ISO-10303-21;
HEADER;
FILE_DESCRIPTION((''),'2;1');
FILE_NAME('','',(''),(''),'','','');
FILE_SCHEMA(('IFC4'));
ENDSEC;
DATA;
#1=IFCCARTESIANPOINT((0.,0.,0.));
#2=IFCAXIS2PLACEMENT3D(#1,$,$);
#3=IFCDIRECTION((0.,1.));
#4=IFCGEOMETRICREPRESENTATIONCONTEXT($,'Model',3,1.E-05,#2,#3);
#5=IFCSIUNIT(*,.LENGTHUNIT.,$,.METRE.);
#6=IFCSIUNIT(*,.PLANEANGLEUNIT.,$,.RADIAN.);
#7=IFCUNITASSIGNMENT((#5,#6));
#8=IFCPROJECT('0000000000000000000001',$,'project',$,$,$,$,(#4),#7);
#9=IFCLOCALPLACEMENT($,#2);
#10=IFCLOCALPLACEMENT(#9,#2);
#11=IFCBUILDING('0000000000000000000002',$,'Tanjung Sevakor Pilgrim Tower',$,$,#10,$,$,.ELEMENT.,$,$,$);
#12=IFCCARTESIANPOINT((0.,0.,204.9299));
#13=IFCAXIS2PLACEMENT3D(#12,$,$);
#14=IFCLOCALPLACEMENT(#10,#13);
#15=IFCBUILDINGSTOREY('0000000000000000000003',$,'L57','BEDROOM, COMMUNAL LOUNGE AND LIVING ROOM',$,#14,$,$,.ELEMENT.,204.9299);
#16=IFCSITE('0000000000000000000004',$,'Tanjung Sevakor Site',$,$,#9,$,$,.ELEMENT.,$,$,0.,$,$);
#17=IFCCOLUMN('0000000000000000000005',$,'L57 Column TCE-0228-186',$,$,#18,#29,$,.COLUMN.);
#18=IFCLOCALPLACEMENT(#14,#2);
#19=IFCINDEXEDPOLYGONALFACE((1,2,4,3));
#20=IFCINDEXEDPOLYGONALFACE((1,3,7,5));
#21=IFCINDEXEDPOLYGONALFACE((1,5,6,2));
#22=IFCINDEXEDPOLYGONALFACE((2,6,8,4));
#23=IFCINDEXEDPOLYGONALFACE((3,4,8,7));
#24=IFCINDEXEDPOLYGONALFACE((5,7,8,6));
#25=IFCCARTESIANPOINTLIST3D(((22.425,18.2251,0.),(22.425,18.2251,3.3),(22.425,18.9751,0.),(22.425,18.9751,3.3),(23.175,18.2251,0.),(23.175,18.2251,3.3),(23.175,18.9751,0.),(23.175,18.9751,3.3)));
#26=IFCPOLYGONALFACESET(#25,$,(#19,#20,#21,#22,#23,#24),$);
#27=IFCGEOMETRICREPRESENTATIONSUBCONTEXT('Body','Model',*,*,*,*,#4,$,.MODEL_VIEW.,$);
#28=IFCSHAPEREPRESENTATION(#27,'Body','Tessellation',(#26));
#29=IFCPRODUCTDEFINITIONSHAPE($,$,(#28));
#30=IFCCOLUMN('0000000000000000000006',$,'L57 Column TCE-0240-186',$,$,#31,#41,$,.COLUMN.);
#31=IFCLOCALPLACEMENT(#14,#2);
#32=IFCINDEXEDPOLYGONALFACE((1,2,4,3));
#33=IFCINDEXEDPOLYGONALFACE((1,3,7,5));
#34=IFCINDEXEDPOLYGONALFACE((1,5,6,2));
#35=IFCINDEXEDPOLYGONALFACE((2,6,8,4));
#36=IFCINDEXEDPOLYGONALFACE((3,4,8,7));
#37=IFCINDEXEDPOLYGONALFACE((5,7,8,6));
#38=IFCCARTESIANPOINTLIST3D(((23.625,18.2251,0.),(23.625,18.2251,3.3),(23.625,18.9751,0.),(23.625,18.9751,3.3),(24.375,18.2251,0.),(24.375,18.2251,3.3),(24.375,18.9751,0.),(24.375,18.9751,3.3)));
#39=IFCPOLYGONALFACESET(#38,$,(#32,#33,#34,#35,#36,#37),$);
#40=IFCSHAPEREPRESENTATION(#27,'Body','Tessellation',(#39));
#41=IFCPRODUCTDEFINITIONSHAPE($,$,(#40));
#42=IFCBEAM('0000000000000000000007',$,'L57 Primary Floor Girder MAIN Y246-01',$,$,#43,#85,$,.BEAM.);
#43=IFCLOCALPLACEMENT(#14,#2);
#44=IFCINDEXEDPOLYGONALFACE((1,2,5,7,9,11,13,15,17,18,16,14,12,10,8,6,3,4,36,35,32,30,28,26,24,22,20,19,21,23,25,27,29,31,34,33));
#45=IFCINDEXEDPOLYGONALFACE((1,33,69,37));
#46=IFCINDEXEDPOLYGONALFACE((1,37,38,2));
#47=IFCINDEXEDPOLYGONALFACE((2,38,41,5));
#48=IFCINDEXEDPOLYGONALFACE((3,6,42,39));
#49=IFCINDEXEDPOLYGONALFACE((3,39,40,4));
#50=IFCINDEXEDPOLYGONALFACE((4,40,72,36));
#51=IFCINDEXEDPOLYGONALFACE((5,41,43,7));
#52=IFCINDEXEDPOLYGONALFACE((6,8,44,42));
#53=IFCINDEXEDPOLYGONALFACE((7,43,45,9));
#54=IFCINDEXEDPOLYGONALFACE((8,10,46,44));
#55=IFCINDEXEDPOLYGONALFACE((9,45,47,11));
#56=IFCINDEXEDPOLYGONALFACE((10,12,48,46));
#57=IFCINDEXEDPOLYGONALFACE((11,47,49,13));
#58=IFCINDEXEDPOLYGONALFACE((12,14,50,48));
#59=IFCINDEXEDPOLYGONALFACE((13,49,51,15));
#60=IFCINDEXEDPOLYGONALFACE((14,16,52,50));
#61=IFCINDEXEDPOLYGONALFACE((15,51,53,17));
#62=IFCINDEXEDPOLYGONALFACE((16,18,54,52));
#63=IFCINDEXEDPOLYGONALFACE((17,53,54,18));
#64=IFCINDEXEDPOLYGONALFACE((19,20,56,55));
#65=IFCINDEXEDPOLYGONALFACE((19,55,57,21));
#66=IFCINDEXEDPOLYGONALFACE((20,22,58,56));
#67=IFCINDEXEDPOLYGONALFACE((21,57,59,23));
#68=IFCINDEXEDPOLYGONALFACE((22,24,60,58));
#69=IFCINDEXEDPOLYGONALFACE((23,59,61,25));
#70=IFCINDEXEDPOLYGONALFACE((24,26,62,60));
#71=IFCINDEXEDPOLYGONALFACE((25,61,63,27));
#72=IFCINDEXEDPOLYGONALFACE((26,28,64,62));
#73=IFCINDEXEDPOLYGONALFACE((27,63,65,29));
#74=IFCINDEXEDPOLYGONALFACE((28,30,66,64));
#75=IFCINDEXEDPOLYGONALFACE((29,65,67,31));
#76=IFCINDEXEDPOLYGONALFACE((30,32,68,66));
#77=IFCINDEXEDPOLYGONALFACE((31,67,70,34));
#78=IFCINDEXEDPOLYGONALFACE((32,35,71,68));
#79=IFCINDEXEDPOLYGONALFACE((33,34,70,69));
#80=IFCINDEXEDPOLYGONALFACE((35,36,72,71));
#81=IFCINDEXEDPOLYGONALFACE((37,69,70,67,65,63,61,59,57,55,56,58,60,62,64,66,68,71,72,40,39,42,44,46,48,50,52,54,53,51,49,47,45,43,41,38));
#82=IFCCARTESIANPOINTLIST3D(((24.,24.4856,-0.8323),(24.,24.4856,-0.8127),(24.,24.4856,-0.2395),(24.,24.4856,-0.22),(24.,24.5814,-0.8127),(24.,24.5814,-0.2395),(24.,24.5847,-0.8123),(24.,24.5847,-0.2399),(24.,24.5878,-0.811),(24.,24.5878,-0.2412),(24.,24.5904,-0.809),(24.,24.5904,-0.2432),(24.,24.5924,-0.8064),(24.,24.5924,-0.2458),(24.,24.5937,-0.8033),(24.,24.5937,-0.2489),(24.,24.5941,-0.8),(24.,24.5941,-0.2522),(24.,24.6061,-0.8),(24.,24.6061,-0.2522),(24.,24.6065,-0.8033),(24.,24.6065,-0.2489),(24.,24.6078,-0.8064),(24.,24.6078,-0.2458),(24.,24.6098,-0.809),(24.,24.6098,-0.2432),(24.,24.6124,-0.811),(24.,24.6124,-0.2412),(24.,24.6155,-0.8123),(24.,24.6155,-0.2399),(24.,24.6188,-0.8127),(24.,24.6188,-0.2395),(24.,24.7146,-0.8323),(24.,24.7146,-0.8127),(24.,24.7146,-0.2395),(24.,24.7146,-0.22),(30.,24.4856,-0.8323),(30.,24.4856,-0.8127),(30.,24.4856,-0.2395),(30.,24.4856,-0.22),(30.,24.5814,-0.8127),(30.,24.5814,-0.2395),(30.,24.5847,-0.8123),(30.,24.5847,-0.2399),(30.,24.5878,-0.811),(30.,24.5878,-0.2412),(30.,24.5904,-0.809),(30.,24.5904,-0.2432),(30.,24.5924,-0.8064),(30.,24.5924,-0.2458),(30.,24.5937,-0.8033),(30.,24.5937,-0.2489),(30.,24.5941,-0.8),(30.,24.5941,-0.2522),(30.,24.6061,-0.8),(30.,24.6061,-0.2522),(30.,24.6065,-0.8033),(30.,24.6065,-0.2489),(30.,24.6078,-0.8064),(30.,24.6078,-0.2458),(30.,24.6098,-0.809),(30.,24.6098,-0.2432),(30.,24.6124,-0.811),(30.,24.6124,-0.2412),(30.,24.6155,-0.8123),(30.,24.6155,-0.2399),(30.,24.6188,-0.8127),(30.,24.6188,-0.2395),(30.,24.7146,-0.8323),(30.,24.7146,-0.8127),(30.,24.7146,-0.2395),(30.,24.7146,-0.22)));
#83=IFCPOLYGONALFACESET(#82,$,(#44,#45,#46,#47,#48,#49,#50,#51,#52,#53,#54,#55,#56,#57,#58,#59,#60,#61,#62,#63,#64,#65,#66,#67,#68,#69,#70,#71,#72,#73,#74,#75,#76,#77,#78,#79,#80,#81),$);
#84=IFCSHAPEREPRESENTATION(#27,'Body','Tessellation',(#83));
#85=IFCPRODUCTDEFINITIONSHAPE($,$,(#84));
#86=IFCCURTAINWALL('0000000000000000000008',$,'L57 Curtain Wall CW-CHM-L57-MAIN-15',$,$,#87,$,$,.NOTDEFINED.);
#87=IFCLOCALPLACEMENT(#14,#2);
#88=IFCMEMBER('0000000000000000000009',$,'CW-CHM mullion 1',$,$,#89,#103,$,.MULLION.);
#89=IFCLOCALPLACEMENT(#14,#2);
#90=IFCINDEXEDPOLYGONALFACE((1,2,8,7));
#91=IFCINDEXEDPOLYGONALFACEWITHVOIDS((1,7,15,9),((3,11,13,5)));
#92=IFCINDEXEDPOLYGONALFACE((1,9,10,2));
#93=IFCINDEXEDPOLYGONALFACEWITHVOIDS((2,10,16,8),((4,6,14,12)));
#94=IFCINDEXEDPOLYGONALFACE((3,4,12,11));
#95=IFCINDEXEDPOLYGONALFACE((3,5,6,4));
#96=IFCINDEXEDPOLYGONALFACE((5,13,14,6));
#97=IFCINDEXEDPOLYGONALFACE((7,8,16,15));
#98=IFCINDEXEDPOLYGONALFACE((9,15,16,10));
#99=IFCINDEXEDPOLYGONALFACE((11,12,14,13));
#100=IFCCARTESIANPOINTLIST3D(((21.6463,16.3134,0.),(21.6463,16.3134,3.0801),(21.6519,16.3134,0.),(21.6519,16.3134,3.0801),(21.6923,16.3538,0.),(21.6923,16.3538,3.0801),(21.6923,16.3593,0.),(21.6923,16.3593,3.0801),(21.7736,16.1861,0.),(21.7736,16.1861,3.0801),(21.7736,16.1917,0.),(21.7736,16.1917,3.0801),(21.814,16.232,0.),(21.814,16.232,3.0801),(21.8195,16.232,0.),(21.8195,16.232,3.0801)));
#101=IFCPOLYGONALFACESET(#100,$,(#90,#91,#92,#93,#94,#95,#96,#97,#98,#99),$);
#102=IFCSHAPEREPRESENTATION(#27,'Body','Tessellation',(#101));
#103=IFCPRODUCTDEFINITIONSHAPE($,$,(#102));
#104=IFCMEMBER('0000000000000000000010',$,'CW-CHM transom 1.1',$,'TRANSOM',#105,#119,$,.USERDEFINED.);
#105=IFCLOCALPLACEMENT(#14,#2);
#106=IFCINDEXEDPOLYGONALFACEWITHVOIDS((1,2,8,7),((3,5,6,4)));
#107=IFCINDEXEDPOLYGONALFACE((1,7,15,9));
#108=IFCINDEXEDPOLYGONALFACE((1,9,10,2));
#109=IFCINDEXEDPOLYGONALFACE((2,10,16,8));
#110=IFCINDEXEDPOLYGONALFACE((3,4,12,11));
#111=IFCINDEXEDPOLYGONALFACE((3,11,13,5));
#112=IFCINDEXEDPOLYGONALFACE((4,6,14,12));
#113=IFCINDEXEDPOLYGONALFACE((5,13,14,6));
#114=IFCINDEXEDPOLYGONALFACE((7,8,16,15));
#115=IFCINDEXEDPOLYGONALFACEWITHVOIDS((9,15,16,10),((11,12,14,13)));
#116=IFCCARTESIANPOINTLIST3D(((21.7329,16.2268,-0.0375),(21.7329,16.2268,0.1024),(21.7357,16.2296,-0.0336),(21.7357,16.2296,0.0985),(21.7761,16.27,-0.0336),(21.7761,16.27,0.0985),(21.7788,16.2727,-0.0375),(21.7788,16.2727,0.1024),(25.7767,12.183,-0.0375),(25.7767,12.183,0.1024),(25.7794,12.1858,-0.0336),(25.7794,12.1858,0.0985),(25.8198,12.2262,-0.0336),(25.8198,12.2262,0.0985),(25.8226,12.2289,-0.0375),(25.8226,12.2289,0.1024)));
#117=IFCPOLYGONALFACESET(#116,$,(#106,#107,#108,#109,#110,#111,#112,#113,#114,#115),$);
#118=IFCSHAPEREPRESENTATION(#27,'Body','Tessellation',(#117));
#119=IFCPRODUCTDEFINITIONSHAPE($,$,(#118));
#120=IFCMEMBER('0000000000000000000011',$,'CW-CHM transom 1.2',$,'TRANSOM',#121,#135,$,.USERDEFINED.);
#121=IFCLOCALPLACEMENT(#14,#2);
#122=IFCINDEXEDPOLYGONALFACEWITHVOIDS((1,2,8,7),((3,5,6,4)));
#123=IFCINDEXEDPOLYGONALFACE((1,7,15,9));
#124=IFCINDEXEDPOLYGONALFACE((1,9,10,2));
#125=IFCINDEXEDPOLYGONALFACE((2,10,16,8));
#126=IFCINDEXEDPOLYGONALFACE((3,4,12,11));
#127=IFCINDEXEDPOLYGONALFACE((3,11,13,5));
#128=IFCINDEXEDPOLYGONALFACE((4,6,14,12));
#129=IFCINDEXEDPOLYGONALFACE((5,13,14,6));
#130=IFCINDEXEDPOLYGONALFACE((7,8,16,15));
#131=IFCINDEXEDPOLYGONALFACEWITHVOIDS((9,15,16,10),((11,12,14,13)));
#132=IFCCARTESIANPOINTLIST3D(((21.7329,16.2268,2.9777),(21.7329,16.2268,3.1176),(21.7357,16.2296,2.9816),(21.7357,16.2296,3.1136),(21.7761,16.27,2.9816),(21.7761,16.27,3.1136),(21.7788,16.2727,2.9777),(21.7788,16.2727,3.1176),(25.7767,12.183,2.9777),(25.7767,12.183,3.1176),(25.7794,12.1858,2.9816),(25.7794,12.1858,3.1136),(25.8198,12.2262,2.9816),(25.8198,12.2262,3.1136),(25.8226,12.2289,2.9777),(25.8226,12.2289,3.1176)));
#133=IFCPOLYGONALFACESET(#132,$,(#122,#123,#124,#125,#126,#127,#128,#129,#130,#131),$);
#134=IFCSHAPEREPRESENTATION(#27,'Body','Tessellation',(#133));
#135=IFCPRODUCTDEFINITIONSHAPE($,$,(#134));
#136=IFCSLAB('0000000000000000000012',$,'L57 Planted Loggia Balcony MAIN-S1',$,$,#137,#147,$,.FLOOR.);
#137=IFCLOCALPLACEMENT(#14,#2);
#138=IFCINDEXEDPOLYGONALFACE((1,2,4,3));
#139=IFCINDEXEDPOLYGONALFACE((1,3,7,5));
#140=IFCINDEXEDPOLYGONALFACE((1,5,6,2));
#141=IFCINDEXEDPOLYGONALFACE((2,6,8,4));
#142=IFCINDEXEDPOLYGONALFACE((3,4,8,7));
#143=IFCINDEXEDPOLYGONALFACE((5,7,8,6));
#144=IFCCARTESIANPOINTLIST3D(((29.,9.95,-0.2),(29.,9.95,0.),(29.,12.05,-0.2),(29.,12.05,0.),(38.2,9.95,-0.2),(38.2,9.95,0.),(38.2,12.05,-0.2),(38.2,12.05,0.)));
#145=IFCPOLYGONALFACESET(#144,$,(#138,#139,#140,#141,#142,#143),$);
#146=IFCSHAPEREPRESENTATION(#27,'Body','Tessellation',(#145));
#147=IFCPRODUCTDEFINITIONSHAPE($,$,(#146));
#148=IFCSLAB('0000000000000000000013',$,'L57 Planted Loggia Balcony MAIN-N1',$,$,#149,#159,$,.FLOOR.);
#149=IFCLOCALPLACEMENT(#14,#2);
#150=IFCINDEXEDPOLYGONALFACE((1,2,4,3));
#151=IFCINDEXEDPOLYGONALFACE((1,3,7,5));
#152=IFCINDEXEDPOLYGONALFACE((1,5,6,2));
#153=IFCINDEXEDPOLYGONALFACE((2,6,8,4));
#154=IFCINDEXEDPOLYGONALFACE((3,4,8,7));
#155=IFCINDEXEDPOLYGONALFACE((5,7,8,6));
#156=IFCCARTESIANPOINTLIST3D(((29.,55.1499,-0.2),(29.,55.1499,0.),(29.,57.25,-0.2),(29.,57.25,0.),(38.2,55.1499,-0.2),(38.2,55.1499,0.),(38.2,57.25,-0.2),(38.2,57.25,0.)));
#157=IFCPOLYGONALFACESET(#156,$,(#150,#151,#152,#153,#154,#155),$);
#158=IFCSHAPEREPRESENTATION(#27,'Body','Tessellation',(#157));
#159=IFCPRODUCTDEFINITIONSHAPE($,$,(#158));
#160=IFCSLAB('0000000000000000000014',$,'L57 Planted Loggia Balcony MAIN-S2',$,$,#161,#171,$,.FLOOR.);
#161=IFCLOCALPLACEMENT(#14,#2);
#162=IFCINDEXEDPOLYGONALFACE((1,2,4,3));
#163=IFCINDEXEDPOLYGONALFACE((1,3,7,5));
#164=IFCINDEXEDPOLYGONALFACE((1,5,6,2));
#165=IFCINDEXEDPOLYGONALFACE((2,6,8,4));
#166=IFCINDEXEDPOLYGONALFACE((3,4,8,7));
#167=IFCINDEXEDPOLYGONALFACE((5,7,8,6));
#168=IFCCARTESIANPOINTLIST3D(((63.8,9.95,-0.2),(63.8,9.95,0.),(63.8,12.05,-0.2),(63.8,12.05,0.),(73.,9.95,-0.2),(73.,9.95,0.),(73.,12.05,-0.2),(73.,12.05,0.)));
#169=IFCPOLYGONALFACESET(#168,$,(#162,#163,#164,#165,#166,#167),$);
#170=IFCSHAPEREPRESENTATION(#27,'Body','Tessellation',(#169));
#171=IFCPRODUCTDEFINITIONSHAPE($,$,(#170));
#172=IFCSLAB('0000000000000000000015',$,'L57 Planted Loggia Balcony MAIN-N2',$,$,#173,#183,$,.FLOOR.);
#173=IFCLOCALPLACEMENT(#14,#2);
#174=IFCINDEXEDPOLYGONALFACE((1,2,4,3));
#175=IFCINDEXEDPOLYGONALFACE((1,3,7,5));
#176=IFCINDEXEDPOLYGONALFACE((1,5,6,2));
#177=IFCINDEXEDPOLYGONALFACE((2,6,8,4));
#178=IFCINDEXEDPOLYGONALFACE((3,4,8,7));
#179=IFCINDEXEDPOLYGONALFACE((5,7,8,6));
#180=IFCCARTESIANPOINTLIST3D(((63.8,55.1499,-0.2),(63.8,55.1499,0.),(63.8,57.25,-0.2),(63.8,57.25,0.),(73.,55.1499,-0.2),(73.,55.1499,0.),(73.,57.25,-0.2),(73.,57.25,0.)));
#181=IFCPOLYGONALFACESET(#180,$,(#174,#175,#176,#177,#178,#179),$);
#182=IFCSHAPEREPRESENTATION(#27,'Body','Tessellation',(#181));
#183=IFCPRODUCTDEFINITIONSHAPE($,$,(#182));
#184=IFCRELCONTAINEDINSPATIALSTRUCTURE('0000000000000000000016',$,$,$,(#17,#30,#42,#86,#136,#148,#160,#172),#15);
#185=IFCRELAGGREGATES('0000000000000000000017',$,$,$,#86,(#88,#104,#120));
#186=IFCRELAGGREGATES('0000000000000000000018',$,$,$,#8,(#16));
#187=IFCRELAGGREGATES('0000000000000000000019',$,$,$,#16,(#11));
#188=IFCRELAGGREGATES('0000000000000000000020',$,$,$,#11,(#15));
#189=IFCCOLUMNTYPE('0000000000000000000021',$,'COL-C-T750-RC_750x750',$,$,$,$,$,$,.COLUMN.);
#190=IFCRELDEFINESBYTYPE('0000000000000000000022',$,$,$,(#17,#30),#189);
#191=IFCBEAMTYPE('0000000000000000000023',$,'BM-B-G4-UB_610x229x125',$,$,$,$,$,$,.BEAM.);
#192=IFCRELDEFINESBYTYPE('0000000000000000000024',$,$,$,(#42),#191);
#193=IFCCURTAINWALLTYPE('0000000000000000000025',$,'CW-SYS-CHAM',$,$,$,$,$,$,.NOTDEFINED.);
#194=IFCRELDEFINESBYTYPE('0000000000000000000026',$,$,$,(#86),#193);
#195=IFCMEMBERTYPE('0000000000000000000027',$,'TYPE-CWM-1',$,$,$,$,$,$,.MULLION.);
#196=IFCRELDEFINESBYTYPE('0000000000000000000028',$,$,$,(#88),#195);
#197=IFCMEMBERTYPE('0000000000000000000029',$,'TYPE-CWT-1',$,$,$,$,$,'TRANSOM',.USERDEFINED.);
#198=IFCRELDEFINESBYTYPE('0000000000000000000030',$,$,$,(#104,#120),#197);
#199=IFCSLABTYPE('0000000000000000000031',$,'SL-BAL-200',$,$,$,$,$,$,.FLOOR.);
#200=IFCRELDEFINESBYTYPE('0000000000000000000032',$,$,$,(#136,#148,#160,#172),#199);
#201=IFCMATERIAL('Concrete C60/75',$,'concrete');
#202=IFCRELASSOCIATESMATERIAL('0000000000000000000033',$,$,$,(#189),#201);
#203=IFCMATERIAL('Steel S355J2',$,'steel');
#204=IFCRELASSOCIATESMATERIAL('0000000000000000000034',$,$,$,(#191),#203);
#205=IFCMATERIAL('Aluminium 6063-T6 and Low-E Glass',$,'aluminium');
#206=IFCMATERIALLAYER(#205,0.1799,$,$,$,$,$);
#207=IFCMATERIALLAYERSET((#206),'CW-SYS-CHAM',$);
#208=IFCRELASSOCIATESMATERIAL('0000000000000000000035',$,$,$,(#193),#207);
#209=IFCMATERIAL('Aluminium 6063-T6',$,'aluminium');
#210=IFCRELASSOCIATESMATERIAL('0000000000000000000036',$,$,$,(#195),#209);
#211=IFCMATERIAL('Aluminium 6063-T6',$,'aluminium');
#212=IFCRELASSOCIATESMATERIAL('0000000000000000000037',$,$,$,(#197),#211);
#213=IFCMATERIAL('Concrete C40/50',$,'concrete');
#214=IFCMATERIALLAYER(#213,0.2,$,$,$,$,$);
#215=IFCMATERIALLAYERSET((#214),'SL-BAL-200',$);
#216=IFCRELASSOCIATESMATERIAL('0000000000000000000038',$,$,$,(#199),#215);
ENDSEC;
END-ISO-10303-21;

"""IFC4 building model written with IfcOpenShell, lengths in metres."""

from ifc_helpers import new_model, si_unit, direction, frame, origin, origin_2d, place, context, subcontext, project, spatial, polyline, rectangle, hollow_rectangle, i_section, outline, extrude, material, layer, layer_set, material_profile, profile_set, type_object, element, aggregate, save


model = new_model("IFC4")

# Units and contexts
model_context = context("Model", 3, precision=1e-05, world=origin(), true_north=direction((0.0, 1.0)))
body_context = subcontext(model_context, "Body", "Model", "MODEL_VIEW")
ifc_project = project(units=[si_unit("LENGTHUNIT", "METRE"), si_unit("PLANEANGLEUNIT", "RADIAN")], contexts=[model_context])

# Site, building, storey
site_placement = place(None, origin())
site = spatial("IfcSite", under=ifc_project, at=site_placement, Name="Tanjung Sevakor Site", CompositionType="ELEMENT", RefElevation=0.0)
building_placement = place(site_placement, origin())
building = spatial("IfcBuilding", under=site, at=building_placement, Name="Tanjung Sevakor Pilgrim Tower", CompositionType="ELEMENT")
storey_placement = place(building_placement, frame((0.0, 0.0, 204.9299)))
storey = spatial("IfcBuildingStorey", under=building, at=storey_placement, Name="L57", Description="BEDROOM, COMMUNAL LOUNGE AND LIVING ROOM", CompositionType="ELEMENT", Elevation=204.9299)

# Columns
ifc_material_1 = material(Name="Concrete C60/75", Category="concrete")
ifc_material_profile_1 = material_profile(ifc_material_1, rectangle(XDim=0.75, YDim=0.75, at=origin_2d()))
ifc_profile_set_1 = profile_set([ifc_material_profile_1], Name="Concrete C60/75")
column_type = type_object("IfcColumnType", Name="COL-C-T750-RC_750x750", PredefinedType="COLUMN", material=ifc_profile_set_1)
for number, where, z_axis, x_axis, name in (
    (1, (22.8, 18.6001, 0.0), (0.0, 0.0, 1.0), (1.0, 0.0, 0.0), "L57 Column TCE-0228-186"),
    (2, (24.0, 18.6001, 0.0), (0.0, 0.0, 1.0), (1.0, 0.0, 0.0), "L57 Column TCE-0240-186"),
):
    element("IfcColumn", number, at=place(storey_placement, frame(where, z_axis=z_axis, x_axis=x_axis)), inside=storey, type_object=column_type, Name=name, PredefinedType="COLUMN", context=body_context, shape_type="SweptSolid", body=[
        extrude(rectangle(XDim=0.75, YDim=0.75, at=origin_2d()), origin(), (0.0, 0.0, 1.0), 3.3),
    ])

# Beam
ifc_material_2 = material(Name="Steel S355J2", Category="steel")
ifc_material_profile_2 = material_profile(ifc_material_2, i_section(OverallWidth=0.229, OverallDepth=0.6123, WebThickness=0.012, FlangeThickness=0.0195, FilletRadius=0.0127, at=origin_2d()))
ifc_profile_set_2 = profile_set([ifc_material_profile_2], Name="Steel S355J2")
beam_type = type_object("IfcBeamType", Name="BM-B-G4-UB_610x229x125", PredefinedType="BEAM", material=ifc_profile_set_2)
beam_placement = place(storey_placement, frame((24.0, 24.6001, -0.5261), z_axis=(1.0, 0.0, 0.0), x_axis=(0.0, 1.0, 0.0)))
element("IfcBeam", 3, at=beam_placement, inside=storey, type_object=beam_type, Name="L57 Primary Floor Girder MAIN Y246-01", PredefinedType="BEAM", context=body_context, shape_type="SweptSolid", body=[
    extrude(i_section(OverallWidth=0.229, OverallDepth=0.6123, WebThickness=0.012, FlangeThickness=0.0195, FilletRadius=0.0127, at=origin_2d()), origin(), (0.0, 0.0, 1.0), 6.0),
])

# Curtain wall, members
ifc_material_3 = material(Name="Aluminium 6063-T6 and Low-E Glass", Category="aluminium")
ifc_layer_1 = layer(ifc_material_3, 0.1799)
ifc_layer_set_1 = layer_set([ifc_layer_1], Name="CW-SYS-CHAM")
curtain_wall_type = type_object("IfcCurtainWallType", Name="CW-SYS-CHAM", PredefinedType="NOTDEFINED", material=ifc_layer_set_1)
curtain_wall_placement = place(storey_placement, origin())
curtain_wall = element("IfcCurtainWall", 4, at=curtain_wall_placement, inside=storey, type_object=curtain_wall_type, Name="L57 Curtain Wall CW-CHM-L57-MAIN-15", PredefinedType="NOTDEFINED")
ifc_material_4 = material(Name="Aluminium 6063-T6", Category="aluminium")
ifc_material_profile_3 = material_profile(ifc_material_4, hollow_rectangle(XDim=0.0649, YDim=0.1799, WallThickness=0.0039, at=origin_2d()))
ifc_profile_set_3 = profile_set([ifc_material_profile_3], Name="Aluminium 6063-T6")
member_type_1 = type_object("IfcMemberType", Name="TYPE-CWM-1", PredefinedType="MULLION", material=ifc_profile_set_3)
member_1_placement = place(storey_placement, frame((21.7329, 16.2727, 0.0), z_axis=(0.0, 0.0, 1.0), x_axis=(0.707107, 0.707107, 0.0)))
member_1 = element("IfcMember", 5, at=member_1_placement, type_object=member_type_1, Name="CW-CHM mullion 1", PredefinedType="MULLION", context=body_context, shape_type="SweptSolid", body=[
    extrude(hollow_rectangle(XDim=0.0649, YDim=0.1799, WallThickness=0.0039, at=origin_2d()), origin(), (0.0, 0.0, 1.0), 3.0801),
])
ifc_material_5 = material(Name="Aluminium 6063-T6", Category="aluminium")
ifc_material_profile_4 = material_profile(ifc_material_5, hollow_rectangle(XDim=0.0649, YDim=0.1399, WallThickness=0.0039, at=origin_2d()))
ifc_profile_set_4 = profile_set([ifc_material_profile_4], Name="Aluminium 6063-T6")
member_type_2 = type_object("IfcMemberType", Name="TYPE-CWT-1", ElementType="TRANSOM", PredefinedType="USERDEFINED", material=ifc_profile_set_4)
member_2_placement = place(storey_placement, frame((21.7559, 16.2498, 0.0325), z_axis=(0.707107, -0.707107, 0.0), x_axis=(0.707107, 0.707107, 0.0)))
member_2 = element("IfcMember", 6, at=member_2_placement, type_object=member_type_2, Name="CW-CHM transom 1.1", ObjectType="TRANSOM", PredefinedType="USERDEFINED", context=body_context, shape_type="SweptSolid", body=[
    extrude(hollow_rectangle(XDim=0.0649, YDim=0.1399, WallThickness=0.0039, at=origin_2d()), origin(), (0.0, 0.0, 1.0), 5.7188),
])
member_3_placement = place(storey_placement, frame((21.7559, 16.2498, 3.0476), z_axis=(0.707107, -0.707107, 0.0), x_axis=(0.707107, 0.707107, 0.0)))
member_3 = element("IfcMember", 7, at=member_3_placement, type_object=member_type_2, Name="CW-CHM transom 1.2", ObjectType="TRANSOM", PredefinedType="USERDEFINED", context=body_context, shape_type="SweptSolid", body=[
    extrude(hollow_rectangle(XDim=0.0649, YDim=0.1399, WallThickness=0.0039, at=origin_2d()), origin(), (0.0, 0.0, 1.0), 5.7188),
])

# Slabs
ifc_material_6 = material(Name="Concrete C40/50", Category="concrete")
ifc_layer_2 = layer(ifc_material_6, 0.2)
ifc_layer_set_2 = layer_set([ifc_layer_2], Name="SL-BAL-200")
slab_type_1 = type_object("IfcSlabType", Name="SL-BAL-200", PredefinedType="FLOOR", material=ifc_layer_set_2)
slab_1_placement = place(storey_placement, frame((0.0, 0.0, -0.2)))
element("IfcSlab", 8, at=slab_1_placement, inside=storey, type_object=slab_type_1, Name="L57 Planted Loggia Balcony MAIN-S1", PredefinedType="FLOOR", context=body_context, shape_type="SweptSolid", body=[
    extrude(outline(polyline([(29.0, 9.95), (38.2, 9.95), (38.2, 12.05), (29.0, 12.05), (29.0, 9.95)])), origin(), (0.0, 0.0, 1.0), 0.2),
])
slab_2_placement = place(storey_placement, frame((0.0, 0.0, -0.2)))
element("IfcSlab", 9, at=slab_2_placement, inside=storey, type_object=slab_type_1, Name="L57 Planted Loggia Balcony MAIN-N1", PredefinedType="FLOOR", context=body_context, shape_type="SweptSolid", body=[
    extrude(outline(polyline([(29.0, 55.1499), (38.2, 55.1499), (38.2, 57.25), (29.0, 57.25), (29.0, 55.1499)])), origin(), (0.0, 0.0, 1.0), 0.2),
])
slab_3_placement = place(storey_placement, frame((0.0, 0.0, -0.2)))
element("IfcSlab", 10, at=slab_3_placement, inside=storey, type_object=slab_type_1, Name="L57 Planted Loggia Balcony MAIN-S2", PredefinedType="FLOOR", context=body_context, shape_type="SweptSolid", body=[
    extrude(outline(polyline([(63.8, 9.95), (73.0, 9.95), (73.0, 12.05), (63.8, 12.05), (63.8, 9.95)])), origin(), (0.0, 0.0, 1.0), 0.2),
])
slab_4_placement = place(storey_placement, frame((0.0, 0.0, -0.2)))
element("IfcSlab", 11, at=slab_4_placement, inside=storey, type_object=slab_type_1, Name="L57 Planted Loggia Balcony MAIN-N2", PredefinedType="FLOOR", context=body_context, shape_type="SweptSolid", body=[
    extrude(outline(polyline([(63.8, 55.1499), (73.0, 55.1499), (73.0, 57.25), (63.8, 57.25), (63.8, 55.1499)])), origin(), (0.0, 0.0, 1.0), 0.2),
])

aggregate(curtain_wall, [member_1, member_2, member_3])

save(model, "model.ifc")
